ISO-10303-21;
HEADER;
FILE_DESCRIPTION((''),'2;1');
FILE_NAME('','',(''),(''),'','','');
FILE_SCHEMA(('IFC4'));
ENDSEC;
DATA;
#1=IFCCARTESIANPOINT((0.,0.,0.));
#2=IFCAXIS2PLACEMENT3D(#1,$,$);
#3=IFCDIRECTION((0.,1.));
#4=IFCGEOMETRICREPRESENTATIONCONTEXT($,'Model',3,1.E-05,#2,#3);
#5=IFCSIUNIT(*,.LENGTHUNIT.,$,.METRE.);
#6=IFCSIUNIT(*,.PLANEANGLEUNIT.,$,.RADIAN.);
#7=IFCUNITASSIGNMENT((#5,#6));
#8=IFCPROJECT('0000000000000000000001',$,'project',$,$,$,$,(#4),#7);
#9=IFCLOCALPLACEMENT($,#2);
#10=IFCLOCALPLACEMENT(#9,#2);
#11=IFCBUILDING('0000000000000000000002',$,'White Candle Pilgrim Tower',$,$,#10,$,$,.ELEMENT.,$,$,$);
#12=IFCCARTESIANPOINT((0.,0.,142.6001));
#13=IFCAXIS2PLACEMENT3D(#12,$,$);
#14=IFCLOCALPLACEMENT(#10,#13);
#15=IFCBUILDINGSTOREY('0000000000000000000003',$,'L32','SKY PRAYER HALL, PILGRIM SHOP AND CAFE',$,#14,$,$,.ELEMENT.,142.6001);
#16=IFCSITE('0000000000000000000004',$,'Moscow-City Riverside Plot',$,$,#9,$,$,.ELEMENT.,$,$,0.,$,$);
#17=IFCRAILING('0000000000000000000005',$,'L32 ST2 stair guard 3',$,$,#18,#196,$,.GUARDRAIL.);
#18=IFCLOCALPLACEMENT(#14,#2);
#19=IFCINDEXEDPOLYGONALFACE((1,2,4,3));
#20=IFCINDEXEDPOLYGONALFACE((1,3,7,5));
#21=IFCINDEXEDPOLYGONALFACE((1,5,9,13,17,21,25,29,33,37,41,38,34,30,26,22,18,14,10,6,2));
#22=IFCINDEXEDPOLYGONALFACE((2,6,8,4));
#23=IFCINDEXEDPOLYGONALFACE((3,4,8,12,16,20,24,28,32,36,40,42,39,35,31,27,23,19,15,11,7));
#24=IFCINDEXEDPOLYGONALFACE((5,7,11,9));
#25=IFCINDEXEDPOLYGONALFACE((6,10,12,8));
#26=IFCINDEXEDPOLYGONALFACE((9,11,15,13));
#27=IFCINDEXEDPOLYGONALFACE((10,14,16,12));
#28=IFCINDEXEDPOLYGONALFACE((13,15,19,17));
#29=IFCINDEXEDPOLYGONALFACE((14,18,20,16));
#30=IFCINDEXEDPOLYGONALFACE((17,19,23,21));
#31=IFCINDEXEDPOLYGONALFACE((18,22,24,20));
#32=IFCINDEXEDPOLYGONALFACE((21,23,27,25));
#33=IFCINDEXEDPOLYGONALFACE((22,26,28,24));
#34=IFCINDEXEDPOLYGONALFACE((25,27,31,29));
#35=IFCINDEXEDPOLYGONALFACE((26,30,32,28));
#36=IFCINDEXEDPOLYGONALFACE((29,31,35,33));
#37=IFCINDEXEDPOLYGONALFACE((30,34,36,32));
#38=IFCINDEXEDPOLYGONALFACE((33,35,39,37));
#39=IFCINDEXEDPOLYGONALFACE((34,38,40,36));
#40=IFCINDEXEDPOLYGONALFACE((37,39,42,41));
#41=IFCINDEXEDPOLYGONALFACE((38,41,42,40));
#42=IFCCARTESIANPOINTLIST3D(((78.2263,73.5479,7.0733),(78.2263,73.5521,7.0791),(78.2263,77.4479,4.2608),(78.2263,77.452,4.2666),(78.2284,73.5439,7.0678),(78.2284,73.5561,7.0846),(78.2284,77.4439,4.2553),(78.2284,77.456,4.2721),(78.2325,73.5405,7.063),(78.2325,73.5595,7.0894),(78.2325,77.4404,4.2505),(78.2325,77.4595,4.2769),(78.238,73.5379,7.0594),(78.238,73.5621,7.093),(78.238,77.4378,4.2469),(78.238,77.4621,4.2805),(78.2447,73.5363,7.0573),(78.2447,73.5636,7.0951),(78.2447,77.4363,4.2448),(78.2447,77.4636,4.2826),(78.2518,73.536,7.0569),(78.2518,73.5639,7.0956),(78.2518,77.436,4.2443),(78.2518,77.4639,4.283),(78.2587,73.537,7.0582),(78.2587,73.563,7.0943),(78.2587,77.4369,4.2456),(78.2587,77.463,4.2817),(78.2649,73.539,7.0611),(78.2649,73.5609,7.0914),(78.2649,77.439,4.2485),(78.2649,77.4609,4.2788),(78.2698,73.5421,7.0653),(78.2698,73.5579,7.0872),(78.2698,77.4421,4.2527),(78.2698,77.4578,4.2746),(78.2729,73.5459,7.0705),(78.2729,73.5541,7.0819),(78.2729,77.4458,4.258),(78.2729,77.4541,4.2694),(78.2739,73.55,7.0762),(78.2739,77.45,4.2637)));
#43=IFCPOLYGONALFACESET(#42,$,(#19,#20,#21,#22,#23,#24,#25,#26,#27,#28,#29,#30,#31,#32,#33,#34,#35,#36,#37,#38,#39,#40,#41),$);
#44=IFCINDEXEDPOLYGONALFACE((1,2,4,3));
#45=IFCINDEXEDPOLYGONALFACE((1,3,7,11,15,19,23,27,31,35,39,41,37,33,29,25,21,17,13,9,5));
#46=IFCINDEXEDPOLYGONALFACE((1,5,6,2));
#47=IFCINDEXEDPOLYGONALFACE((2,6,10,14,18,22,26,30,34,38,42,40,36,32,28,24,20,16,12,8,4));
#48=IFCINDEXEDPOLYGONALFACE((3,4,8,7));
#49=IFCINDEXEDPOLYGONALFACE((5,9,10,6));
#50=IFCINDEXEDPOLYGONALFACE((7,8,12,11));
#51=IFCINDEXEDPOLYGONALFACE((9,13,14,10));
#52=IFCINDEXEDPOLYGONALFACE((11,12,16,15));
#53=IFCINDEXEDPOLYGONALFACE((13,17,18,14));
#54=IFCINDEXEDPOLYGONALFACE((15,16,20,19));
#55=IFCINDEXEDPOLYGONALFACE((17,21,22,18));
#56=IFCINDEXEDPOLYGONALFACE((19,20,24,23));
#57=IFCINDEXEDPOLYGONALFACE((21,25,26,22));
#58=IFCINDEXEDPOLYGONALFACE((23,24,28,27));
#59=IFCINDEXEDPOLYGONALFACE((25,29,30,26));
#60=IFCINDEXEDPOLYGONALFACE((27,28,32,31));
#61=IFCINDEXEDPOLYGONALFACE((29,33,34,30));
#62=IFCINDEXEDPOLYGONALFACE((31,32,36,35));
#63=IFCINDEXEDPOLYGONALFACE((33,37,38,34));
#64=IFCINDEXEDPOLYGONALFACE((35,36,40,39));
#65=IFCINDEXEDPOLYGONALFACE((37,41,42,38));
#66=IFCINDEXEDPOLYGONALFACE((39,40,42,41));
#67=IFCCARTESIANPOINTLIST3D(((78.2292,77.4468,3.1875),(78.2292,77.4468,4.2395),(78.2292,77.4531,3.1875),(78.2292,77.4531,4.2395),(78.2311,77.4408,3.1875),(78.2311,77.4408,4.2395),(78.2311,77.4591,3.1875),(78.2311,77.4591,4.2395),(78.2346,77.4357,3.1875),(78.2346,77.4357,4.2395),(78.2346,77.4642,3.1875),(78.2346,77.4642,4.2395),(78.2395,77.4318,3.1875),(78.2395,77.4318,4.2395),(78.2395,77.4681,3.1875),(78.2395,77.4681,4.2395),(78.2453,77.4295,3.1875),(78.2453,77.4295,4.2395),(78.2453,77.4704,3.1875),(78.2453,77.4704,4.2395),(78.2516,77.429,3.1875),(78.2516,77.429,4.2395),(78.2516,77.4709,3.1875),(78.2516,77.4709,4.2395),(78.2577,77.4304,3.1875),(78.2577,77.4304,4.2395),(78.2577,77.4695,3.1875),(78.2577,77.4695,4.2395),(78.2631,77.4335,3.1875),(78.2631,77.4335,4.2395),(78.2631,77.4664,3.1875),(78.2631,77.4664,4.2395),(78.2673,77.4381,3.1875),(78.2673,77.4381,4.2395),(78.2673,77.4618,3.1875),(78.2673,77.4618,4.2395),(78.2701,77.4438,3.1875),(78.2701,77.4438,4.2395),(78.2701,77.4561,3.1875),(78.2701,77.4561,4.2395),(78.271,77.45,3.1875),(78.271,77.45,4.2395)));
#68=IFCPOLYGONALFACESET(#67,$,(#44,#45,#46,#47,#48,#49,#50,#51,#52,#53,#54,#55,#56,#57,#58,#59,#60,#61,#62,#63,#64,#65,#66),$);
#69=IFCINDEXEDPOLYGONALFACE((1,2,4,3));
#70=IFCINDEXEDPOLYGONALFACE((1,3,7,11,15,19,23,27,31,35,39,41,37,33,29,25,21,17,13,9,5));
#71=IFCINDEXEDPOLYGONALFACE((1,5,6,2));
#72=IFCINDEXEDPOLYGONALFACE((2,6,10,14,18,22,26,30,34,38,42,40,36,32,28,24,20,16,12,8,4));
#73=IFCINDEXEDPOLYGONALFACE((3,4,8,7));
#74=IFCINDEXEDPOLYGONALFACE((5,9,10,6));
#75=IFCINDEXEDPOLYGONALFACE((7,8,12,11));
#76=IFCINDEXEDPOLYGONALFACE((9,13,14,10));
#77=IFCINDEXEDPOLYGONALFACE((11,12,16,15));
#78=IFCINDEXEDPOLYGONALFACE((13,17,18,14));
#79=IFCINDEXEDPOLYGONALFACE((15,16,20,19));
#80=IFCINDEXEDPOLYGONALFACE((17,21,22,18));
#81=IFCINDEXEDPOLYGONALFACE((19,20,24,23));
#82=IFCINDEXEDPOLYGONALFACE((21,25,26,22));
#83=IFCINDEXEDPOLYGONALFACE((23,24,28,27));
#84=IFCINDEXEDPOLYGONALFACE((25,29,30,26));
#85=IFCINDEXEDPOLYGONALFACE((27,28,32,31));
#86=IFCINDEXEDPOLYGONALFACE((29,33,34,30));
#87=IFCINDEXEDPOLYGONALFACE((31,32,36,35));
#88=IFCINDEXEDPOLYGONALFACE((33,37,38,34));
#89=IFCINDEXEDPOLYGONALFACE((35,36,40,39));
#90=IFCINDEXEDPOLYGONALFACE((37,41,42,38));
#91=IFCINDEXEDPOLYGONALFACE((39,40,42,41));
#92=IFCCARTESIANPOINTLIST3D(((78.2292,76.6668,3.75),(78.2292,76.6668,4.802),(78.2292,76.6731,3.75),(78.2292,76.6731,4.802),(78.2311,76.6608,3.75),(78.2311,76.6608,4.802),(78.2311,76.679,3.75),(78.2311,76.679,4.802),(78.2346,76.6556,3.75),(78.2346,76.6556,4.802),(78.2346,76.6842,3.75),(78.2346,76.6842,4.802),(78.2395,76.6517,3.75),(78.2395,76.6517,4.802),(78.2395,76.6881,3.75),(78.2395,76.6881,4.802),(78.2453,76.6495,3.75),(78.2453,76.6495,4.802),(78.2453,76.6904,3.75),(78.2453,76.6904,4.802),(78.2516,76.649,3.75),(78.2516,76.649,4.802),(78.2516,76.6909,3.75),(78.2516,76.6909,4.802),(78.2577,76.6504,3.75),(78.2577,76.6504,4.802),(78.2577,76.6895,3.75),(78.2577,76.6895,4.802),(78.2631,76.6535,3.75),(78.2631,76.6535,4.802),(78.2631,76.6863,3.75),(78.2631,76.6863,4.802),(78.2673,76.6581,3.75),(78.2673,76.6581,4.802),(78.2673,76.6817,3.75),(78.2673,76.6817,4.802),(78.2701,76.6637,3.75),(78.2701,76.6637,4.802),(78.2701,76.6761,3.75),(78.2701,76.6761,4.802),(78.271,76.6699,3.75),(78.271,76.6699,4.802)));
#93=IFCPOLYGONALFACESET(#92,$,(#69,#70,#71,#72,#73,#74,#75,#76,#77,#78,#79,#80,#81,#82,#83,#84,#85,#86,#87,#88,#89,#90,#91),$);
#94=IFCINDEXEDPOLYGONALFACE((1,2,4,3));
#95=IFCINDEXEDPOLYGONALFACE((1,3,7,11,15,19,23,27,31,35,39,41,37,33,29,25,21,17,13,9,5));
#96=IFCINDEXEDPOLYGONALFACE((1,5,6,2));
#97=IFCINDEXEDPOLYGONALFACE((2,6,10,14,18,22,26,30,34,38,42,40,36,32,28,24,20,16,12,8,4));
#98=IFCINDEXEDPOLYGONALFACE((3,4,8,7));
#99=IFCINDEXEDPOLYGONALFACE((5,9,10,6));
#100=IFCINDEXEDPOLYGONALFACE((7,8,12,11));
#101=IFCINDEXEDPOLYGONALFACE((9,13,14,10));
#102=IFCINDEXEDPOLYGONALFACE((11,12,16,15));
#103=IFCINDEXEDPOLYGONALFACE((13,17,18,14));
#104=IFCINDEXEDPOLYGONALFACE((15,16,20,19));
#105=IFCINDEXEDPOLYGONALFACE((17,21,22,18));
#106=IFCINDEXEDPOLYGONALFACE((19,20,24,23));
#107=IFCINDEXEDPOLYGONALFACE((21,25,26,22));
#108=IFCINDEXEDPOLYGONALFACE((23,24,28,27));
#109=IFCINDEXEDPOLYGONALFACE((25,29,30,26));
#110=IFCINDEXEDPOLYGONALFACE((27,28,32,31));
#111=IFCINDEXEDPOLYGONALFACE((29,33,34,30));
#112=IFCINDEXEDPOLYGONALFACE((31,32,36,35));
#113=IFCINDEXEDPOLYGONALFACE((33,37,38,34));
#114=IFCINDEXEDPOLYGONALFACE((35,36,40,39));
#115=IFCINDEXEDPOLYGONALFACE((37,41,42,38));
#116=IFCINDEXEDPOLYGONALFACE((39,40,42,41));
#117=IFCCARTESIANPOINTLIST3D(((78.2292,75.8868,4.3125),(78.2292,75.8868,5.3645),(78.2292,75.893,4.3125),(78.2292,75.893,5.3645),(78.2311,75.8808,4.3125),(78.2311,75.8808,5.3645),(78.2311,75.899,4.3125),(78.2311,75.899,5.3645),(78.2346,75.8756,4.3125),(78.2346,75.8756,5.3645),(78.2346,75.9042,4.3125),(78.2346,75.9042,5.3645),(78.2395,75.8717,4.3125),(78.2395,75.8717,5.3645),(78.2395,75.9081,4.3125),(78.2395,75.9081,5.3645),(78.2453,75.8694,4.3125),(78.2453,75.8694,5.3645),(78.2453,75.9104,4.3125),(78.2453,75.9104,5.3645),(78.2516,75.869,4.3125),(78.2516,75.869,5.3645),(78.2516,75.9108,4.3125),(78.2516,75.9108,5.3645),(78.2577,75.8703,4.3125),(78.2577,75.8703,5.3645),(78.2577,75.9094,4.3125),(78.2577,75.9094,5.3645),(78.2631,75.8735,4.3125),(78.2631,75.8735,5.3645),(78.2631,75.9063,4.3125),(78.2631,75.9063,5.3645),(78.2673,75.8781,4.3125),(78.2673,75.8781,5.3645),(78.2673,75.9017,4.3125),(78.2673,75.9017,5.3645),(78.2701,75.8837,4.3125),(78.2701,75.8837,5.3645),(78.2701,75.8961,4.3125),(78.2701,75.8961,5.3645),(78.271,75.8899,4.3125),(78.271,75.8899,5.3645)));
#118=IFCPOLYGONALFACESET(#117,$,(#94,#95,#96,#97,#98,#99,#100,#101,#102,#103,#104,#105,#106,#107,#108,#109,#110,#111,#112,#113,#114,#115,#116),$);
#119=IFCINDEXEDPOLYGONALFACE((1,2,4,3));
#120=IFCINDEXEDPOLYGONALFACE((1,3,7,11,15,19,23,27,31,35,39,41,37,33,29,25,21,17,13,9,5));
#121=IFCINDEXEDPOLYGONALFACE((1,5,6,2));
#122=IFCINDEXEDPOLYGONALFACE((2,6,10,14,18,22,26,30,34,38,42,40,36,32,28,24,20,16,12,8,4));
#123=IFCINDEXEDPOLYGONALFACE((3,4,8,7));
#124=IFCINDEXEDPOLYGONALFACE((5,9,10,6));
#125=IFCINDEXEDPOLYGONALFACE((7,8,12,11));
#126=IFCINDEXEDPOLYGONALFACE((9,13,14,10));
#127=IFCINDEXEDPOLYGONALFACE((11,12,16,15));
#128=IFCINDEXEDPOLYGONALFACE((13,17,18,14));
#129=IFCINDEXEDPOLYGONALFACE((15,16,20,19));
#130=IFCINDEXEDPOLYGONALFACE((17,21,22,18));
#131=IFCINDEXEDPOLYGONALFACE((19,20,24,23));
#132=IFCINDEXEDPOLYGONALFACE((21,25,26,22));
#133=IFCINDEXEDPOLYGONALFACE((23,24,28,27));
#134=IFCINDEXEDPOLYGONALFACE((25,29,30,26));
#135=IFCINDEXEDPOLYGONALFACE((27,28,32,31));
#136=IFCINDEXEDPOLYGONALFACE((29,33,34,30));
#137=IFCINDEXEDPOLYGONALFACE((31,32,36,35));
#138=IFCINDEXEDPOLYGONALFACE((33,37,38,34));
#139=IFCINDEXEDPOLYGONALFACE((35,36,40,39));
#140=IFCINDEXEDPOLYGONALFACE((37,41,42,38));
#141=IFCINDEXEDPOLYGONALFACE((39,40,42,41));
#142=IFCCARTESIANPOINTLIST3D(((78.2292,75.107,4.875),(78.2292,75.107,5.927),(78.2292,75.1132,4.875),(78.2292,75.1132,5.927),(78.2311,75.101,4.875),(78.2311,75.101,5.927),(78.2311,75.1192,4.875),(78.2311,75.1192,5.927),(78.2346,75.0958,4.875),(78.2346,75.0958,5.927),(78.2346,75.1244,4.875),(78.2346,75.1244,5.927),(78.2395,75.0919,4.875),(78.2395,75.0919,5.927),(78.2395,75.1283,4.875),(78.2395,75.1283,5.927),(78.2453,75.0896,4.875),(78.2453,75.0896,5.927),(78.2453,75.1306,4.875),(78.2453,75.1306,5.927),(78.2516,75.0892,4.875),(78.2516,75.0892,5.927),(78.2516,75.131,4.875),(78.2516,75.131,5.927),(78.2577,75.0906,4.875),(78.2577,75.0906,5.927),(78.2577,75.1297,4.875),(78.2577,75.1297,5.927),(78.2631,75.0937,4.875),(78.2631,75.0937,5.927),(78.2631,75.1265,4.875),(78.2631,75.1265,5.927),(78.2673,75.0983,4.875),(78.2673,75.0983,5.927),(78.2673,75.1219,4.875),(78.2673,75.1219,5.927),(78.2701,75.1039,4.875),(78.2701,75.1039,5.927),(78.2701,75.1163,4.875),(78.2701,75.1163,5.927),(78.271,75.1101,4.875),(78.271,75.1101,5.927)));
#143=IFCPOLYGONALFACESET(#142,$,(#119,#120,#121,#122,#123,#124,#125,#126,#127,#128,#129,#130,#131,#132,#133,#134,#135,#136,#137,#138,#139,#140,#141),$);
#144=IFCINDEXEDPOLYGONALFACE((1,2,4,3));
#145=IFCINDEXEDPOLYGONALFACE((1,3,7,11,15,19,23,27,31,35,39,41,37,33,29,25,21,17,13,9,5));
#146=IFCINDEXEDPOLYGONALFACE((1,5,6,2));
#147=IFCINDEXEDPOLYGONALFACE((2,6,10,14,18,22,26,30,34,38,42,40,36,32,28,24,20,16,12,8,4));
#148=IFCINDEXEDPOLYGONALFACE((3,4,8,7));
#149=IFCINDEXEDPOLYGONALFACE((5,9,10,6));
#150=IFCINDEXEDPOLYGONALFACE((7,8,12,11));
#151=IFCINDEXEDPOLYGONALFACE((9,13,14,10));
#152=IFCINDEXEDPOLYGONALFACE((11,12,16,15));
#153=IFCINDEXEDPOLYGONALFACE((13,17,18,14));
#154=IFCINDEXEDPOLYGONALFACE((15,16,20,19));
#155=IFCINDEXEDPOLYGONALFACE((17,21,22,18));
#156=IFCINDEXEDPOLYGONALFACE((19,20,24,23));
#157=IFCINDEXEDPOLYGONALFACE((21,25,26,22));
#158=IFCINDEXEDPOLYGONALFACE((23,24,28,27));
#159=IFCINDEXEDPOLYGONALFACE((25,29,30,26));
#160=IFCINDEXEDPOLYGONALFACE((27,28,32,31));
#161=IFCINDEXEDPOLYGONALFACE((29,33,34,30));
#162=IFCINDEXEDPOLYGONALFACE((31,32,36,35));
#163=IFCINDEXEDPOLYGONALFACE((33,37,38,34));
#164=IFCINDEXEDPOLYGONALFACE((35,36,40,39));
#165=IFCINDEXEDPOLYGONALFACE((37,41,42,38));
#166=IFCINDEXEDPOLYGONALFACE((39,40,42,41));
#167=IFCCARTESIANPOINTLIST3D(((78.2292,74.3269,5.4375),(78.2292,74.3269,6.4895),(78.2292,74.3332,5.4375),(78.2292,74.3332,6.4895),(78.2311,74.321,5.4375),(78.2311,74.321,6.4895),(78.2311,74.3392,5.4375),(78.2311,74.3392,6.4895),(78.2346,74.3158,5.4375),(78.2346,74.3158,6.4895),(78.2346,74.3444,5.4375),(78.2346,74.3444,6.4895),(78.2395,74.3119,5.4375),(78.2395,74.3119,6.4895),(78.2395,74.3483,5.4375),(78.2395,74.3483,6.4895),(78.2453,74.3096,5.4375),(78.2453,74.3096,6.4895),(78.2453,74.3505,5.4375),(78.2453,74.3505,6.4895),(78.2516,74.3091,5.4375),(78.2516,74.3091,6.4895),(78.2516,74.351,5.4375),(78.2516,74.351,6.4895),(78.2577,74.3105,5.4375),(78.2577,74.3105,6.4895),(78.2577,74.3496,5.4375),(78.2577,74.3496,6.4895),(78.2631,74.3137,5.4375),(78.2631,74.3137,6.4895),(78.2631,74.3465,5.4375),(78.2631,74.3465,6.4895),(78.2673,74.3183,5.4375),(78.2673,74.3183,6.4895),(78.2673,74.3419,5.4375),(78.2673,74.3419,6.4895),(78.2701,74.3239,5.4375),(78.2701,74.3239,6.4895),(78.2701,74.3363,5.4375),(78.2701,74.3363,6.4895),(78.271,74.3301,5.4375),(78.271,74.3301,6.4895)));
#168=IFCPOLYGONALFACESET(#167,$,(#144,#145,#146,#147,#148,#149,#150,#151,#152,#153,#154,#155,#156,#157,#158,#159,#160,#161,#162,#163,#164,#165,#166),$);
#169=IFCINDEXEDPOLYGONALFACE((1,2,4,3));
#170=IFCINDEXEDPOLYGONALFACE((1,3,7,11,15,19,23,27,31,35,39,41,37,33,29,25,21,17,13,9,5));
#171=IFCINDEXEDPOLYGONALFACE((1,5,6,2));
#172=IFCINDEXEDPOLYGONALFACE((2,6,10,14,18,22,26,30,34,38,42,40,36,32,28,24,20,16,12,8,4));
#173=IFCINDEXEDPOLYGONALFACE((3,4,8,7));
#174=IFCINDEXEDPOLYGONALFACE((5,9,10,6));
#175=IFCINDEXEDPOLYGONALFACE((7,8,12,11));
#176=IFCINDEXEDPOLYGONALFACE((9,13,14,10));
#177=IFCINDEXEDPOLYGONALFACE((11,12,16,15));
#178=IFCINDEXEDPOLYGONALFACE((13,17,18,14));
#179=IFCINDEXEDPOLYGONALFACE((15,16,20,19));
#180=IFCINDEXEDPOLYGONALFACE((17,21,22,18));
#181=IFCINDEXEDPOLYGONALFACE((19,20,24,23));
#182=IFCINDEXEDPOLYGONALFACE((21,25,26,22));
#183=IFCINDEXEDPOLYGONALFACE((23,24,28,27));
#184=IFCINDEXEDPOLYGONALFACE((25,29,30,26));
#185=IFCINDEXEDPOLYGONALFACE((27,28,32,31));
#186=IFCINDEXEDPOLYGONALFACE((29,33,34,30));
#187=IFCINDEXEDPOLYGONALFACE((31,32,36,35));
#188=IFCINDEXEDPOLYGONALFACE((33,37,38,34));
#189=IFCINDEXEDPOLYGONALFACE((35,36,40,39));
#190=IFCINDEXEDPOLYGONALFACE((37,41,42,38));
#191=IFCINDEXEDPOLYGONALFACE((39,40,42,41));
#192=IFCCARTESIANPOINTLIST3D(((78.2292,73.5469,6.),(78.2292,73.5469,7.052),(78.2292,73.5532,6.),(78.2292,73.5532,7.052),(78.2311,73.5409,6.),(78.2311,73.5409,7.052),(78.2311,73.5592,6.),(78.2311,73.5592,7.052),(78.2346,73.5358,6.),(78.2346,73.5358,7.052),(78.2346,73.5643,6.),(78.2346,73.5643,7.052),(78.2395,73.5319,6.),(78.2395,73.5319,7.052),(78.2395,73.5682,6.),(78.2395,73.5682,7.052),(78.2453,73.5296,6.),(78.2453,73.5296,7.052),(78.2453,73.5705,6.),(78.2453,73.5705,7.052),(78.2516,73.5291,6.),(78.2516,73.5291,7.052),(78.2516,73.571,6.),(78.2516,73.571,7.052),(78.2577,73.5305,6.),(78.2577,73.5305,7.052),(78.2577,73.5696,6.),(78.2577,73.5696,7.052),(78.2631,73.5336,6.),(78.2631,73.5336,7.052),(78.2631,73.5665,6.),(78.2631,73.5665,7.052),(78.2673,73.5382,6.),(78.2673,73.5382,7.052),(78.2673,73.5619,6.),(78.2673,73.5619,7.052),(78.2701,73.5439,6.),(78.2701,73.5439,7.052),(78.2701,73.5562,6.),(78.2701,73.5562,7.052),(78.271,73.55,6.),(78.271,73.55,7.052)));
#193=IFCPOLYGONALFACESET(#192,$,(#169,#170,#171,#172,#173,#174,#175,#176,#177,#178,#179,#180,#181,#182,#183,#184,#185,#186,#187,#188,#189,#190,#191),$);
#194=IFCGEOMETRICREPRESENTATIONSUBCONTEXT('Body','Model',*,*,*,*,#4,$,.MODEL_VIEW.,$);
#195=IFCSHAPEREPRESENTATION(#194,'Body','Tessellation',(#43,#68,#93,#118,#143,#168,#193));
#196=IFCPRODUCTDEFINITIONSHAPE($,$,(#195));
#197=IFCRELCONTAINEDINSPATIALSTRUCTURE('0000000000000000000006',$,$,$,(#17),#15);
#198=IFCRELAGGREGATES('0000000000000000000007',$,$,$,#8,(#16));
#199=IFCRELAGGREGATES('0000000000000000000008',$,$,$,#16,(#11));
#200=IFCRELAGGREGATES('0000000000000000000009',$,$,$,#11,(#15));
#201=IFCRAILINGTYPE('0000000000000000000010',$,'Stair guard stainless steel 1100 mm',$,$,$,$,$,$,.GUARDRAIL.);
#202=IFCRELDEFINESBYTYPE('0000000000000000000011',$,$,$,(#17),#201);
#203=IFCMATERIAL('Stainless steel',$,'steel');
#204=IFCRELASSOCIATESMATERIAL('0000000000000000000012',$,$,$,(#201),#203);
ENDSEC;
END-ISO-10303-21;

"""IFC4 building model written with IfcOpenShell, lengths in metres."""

from ifc_helpers import new_model, si_unit, direction, frame, origin, origin_2d, place, context, subcontext, project, spatial, circle, extrude, material, type_object, element, save


model = new_model("IFC4")

# Units and contexts
model_context = context("Model", 3, precision=1e-05, world=origin(), true_north=direction((0.0, 1.0)))
body_context = subcontext(model_context, "Body", "Model", "MODEL_VIEW")
ifc_project = project(units=[si_unit("LENGTHUNIT", "METRE"), si_unit("PLANEANGLEUNIT", "RADIAN")], contexts=[model_context])

# Site, building, storey
site_placement = place(None, origin())
site = spatial("IfcSite", under=ifc_project, at=site_placement, Name="Moscow-City Riverside Plot", CompositionType="ELEMENT", RefElevation=0.0)
building_placement = place(site_placement, origin())
building = spatial("IfcBuilding", under=site, at=building_placement, Name="White Candle Pilgrim Tower", CompositionType="ELEMENT")
storey_placement = place(building_placement, frame((0.0, 0.0, 142.6001)))
storey = spatial("IfcBuildingStorey", under=building, at=storey_placement, Name="L32", Description="SKY PRAYER HALL, PILGRIM SHOP AND CAFE", CompositionType="ELEMENT", Elevation=142.6001)

# Shared definitions
ifc_material_1 = material(Name="Stainless steel", Category="steel")

# Railing
railing_type_1 = type_object("IfcRailingType", Name="Stair guard stainless steel 1100 mm", PredefinedType="GUARDRAIL", material=ifc_material_1)
railing_1_placement = place(storey_placement, frame((78.25, 77.45, 3.1875)))
element("IfcRailing", 1, at=railing_1_placement, inside=storey, type_object=railing_type_1, Name="L32 ST2 stair guard 3", PredefinedType="GUARDRAIL", context=body_context, shape_type="SweptSolid", body=[
    extrude(circle(Radius=0.0239, at=origin_2d()), frame((0.0, 0.0, 1.0762), z_axis=(0.0, -0.811083, 0.584931), x_axis=(1.0, 0.0, 0.0)), (0.0, 0.0, 1.0), 4.8083),
    extrude(circle(Radius=0.021, at=origin_2d()), origin(), (0.0, 0.0, 1.0), 1.052),
    extrude(circle(Radius=0.021, at=origin_2d()), frame((0.0, -0.78, 0.5625)), (0.0, 0.0, 1.0), 1.052),
    extrude(circle(Radius=0.021, at=origin_2d()), frame((0.0, -1.5601, 1.125)), (0.0, 0.0, 1.0), 1.052),
    extrude(circle(Radius=0.021, at=origin_2d()), frame((0.0, -2.3398, 1.6875)), (0.0, 0.0, 1.0), 1.052),
    extrude(circle(Radius=0.021, at=origin_2d()), frame((0.0, -3.1199, 2.25)), (0.0, 0.0, 1.0), 1.052),
    extrude(circle(Radius=0.021, at=origin_2d()), frame((0.0, -3.8999, 2.8125)), (0.0, 0.0, 1.0), 1.052),
])

save(model, "model.ifc")
